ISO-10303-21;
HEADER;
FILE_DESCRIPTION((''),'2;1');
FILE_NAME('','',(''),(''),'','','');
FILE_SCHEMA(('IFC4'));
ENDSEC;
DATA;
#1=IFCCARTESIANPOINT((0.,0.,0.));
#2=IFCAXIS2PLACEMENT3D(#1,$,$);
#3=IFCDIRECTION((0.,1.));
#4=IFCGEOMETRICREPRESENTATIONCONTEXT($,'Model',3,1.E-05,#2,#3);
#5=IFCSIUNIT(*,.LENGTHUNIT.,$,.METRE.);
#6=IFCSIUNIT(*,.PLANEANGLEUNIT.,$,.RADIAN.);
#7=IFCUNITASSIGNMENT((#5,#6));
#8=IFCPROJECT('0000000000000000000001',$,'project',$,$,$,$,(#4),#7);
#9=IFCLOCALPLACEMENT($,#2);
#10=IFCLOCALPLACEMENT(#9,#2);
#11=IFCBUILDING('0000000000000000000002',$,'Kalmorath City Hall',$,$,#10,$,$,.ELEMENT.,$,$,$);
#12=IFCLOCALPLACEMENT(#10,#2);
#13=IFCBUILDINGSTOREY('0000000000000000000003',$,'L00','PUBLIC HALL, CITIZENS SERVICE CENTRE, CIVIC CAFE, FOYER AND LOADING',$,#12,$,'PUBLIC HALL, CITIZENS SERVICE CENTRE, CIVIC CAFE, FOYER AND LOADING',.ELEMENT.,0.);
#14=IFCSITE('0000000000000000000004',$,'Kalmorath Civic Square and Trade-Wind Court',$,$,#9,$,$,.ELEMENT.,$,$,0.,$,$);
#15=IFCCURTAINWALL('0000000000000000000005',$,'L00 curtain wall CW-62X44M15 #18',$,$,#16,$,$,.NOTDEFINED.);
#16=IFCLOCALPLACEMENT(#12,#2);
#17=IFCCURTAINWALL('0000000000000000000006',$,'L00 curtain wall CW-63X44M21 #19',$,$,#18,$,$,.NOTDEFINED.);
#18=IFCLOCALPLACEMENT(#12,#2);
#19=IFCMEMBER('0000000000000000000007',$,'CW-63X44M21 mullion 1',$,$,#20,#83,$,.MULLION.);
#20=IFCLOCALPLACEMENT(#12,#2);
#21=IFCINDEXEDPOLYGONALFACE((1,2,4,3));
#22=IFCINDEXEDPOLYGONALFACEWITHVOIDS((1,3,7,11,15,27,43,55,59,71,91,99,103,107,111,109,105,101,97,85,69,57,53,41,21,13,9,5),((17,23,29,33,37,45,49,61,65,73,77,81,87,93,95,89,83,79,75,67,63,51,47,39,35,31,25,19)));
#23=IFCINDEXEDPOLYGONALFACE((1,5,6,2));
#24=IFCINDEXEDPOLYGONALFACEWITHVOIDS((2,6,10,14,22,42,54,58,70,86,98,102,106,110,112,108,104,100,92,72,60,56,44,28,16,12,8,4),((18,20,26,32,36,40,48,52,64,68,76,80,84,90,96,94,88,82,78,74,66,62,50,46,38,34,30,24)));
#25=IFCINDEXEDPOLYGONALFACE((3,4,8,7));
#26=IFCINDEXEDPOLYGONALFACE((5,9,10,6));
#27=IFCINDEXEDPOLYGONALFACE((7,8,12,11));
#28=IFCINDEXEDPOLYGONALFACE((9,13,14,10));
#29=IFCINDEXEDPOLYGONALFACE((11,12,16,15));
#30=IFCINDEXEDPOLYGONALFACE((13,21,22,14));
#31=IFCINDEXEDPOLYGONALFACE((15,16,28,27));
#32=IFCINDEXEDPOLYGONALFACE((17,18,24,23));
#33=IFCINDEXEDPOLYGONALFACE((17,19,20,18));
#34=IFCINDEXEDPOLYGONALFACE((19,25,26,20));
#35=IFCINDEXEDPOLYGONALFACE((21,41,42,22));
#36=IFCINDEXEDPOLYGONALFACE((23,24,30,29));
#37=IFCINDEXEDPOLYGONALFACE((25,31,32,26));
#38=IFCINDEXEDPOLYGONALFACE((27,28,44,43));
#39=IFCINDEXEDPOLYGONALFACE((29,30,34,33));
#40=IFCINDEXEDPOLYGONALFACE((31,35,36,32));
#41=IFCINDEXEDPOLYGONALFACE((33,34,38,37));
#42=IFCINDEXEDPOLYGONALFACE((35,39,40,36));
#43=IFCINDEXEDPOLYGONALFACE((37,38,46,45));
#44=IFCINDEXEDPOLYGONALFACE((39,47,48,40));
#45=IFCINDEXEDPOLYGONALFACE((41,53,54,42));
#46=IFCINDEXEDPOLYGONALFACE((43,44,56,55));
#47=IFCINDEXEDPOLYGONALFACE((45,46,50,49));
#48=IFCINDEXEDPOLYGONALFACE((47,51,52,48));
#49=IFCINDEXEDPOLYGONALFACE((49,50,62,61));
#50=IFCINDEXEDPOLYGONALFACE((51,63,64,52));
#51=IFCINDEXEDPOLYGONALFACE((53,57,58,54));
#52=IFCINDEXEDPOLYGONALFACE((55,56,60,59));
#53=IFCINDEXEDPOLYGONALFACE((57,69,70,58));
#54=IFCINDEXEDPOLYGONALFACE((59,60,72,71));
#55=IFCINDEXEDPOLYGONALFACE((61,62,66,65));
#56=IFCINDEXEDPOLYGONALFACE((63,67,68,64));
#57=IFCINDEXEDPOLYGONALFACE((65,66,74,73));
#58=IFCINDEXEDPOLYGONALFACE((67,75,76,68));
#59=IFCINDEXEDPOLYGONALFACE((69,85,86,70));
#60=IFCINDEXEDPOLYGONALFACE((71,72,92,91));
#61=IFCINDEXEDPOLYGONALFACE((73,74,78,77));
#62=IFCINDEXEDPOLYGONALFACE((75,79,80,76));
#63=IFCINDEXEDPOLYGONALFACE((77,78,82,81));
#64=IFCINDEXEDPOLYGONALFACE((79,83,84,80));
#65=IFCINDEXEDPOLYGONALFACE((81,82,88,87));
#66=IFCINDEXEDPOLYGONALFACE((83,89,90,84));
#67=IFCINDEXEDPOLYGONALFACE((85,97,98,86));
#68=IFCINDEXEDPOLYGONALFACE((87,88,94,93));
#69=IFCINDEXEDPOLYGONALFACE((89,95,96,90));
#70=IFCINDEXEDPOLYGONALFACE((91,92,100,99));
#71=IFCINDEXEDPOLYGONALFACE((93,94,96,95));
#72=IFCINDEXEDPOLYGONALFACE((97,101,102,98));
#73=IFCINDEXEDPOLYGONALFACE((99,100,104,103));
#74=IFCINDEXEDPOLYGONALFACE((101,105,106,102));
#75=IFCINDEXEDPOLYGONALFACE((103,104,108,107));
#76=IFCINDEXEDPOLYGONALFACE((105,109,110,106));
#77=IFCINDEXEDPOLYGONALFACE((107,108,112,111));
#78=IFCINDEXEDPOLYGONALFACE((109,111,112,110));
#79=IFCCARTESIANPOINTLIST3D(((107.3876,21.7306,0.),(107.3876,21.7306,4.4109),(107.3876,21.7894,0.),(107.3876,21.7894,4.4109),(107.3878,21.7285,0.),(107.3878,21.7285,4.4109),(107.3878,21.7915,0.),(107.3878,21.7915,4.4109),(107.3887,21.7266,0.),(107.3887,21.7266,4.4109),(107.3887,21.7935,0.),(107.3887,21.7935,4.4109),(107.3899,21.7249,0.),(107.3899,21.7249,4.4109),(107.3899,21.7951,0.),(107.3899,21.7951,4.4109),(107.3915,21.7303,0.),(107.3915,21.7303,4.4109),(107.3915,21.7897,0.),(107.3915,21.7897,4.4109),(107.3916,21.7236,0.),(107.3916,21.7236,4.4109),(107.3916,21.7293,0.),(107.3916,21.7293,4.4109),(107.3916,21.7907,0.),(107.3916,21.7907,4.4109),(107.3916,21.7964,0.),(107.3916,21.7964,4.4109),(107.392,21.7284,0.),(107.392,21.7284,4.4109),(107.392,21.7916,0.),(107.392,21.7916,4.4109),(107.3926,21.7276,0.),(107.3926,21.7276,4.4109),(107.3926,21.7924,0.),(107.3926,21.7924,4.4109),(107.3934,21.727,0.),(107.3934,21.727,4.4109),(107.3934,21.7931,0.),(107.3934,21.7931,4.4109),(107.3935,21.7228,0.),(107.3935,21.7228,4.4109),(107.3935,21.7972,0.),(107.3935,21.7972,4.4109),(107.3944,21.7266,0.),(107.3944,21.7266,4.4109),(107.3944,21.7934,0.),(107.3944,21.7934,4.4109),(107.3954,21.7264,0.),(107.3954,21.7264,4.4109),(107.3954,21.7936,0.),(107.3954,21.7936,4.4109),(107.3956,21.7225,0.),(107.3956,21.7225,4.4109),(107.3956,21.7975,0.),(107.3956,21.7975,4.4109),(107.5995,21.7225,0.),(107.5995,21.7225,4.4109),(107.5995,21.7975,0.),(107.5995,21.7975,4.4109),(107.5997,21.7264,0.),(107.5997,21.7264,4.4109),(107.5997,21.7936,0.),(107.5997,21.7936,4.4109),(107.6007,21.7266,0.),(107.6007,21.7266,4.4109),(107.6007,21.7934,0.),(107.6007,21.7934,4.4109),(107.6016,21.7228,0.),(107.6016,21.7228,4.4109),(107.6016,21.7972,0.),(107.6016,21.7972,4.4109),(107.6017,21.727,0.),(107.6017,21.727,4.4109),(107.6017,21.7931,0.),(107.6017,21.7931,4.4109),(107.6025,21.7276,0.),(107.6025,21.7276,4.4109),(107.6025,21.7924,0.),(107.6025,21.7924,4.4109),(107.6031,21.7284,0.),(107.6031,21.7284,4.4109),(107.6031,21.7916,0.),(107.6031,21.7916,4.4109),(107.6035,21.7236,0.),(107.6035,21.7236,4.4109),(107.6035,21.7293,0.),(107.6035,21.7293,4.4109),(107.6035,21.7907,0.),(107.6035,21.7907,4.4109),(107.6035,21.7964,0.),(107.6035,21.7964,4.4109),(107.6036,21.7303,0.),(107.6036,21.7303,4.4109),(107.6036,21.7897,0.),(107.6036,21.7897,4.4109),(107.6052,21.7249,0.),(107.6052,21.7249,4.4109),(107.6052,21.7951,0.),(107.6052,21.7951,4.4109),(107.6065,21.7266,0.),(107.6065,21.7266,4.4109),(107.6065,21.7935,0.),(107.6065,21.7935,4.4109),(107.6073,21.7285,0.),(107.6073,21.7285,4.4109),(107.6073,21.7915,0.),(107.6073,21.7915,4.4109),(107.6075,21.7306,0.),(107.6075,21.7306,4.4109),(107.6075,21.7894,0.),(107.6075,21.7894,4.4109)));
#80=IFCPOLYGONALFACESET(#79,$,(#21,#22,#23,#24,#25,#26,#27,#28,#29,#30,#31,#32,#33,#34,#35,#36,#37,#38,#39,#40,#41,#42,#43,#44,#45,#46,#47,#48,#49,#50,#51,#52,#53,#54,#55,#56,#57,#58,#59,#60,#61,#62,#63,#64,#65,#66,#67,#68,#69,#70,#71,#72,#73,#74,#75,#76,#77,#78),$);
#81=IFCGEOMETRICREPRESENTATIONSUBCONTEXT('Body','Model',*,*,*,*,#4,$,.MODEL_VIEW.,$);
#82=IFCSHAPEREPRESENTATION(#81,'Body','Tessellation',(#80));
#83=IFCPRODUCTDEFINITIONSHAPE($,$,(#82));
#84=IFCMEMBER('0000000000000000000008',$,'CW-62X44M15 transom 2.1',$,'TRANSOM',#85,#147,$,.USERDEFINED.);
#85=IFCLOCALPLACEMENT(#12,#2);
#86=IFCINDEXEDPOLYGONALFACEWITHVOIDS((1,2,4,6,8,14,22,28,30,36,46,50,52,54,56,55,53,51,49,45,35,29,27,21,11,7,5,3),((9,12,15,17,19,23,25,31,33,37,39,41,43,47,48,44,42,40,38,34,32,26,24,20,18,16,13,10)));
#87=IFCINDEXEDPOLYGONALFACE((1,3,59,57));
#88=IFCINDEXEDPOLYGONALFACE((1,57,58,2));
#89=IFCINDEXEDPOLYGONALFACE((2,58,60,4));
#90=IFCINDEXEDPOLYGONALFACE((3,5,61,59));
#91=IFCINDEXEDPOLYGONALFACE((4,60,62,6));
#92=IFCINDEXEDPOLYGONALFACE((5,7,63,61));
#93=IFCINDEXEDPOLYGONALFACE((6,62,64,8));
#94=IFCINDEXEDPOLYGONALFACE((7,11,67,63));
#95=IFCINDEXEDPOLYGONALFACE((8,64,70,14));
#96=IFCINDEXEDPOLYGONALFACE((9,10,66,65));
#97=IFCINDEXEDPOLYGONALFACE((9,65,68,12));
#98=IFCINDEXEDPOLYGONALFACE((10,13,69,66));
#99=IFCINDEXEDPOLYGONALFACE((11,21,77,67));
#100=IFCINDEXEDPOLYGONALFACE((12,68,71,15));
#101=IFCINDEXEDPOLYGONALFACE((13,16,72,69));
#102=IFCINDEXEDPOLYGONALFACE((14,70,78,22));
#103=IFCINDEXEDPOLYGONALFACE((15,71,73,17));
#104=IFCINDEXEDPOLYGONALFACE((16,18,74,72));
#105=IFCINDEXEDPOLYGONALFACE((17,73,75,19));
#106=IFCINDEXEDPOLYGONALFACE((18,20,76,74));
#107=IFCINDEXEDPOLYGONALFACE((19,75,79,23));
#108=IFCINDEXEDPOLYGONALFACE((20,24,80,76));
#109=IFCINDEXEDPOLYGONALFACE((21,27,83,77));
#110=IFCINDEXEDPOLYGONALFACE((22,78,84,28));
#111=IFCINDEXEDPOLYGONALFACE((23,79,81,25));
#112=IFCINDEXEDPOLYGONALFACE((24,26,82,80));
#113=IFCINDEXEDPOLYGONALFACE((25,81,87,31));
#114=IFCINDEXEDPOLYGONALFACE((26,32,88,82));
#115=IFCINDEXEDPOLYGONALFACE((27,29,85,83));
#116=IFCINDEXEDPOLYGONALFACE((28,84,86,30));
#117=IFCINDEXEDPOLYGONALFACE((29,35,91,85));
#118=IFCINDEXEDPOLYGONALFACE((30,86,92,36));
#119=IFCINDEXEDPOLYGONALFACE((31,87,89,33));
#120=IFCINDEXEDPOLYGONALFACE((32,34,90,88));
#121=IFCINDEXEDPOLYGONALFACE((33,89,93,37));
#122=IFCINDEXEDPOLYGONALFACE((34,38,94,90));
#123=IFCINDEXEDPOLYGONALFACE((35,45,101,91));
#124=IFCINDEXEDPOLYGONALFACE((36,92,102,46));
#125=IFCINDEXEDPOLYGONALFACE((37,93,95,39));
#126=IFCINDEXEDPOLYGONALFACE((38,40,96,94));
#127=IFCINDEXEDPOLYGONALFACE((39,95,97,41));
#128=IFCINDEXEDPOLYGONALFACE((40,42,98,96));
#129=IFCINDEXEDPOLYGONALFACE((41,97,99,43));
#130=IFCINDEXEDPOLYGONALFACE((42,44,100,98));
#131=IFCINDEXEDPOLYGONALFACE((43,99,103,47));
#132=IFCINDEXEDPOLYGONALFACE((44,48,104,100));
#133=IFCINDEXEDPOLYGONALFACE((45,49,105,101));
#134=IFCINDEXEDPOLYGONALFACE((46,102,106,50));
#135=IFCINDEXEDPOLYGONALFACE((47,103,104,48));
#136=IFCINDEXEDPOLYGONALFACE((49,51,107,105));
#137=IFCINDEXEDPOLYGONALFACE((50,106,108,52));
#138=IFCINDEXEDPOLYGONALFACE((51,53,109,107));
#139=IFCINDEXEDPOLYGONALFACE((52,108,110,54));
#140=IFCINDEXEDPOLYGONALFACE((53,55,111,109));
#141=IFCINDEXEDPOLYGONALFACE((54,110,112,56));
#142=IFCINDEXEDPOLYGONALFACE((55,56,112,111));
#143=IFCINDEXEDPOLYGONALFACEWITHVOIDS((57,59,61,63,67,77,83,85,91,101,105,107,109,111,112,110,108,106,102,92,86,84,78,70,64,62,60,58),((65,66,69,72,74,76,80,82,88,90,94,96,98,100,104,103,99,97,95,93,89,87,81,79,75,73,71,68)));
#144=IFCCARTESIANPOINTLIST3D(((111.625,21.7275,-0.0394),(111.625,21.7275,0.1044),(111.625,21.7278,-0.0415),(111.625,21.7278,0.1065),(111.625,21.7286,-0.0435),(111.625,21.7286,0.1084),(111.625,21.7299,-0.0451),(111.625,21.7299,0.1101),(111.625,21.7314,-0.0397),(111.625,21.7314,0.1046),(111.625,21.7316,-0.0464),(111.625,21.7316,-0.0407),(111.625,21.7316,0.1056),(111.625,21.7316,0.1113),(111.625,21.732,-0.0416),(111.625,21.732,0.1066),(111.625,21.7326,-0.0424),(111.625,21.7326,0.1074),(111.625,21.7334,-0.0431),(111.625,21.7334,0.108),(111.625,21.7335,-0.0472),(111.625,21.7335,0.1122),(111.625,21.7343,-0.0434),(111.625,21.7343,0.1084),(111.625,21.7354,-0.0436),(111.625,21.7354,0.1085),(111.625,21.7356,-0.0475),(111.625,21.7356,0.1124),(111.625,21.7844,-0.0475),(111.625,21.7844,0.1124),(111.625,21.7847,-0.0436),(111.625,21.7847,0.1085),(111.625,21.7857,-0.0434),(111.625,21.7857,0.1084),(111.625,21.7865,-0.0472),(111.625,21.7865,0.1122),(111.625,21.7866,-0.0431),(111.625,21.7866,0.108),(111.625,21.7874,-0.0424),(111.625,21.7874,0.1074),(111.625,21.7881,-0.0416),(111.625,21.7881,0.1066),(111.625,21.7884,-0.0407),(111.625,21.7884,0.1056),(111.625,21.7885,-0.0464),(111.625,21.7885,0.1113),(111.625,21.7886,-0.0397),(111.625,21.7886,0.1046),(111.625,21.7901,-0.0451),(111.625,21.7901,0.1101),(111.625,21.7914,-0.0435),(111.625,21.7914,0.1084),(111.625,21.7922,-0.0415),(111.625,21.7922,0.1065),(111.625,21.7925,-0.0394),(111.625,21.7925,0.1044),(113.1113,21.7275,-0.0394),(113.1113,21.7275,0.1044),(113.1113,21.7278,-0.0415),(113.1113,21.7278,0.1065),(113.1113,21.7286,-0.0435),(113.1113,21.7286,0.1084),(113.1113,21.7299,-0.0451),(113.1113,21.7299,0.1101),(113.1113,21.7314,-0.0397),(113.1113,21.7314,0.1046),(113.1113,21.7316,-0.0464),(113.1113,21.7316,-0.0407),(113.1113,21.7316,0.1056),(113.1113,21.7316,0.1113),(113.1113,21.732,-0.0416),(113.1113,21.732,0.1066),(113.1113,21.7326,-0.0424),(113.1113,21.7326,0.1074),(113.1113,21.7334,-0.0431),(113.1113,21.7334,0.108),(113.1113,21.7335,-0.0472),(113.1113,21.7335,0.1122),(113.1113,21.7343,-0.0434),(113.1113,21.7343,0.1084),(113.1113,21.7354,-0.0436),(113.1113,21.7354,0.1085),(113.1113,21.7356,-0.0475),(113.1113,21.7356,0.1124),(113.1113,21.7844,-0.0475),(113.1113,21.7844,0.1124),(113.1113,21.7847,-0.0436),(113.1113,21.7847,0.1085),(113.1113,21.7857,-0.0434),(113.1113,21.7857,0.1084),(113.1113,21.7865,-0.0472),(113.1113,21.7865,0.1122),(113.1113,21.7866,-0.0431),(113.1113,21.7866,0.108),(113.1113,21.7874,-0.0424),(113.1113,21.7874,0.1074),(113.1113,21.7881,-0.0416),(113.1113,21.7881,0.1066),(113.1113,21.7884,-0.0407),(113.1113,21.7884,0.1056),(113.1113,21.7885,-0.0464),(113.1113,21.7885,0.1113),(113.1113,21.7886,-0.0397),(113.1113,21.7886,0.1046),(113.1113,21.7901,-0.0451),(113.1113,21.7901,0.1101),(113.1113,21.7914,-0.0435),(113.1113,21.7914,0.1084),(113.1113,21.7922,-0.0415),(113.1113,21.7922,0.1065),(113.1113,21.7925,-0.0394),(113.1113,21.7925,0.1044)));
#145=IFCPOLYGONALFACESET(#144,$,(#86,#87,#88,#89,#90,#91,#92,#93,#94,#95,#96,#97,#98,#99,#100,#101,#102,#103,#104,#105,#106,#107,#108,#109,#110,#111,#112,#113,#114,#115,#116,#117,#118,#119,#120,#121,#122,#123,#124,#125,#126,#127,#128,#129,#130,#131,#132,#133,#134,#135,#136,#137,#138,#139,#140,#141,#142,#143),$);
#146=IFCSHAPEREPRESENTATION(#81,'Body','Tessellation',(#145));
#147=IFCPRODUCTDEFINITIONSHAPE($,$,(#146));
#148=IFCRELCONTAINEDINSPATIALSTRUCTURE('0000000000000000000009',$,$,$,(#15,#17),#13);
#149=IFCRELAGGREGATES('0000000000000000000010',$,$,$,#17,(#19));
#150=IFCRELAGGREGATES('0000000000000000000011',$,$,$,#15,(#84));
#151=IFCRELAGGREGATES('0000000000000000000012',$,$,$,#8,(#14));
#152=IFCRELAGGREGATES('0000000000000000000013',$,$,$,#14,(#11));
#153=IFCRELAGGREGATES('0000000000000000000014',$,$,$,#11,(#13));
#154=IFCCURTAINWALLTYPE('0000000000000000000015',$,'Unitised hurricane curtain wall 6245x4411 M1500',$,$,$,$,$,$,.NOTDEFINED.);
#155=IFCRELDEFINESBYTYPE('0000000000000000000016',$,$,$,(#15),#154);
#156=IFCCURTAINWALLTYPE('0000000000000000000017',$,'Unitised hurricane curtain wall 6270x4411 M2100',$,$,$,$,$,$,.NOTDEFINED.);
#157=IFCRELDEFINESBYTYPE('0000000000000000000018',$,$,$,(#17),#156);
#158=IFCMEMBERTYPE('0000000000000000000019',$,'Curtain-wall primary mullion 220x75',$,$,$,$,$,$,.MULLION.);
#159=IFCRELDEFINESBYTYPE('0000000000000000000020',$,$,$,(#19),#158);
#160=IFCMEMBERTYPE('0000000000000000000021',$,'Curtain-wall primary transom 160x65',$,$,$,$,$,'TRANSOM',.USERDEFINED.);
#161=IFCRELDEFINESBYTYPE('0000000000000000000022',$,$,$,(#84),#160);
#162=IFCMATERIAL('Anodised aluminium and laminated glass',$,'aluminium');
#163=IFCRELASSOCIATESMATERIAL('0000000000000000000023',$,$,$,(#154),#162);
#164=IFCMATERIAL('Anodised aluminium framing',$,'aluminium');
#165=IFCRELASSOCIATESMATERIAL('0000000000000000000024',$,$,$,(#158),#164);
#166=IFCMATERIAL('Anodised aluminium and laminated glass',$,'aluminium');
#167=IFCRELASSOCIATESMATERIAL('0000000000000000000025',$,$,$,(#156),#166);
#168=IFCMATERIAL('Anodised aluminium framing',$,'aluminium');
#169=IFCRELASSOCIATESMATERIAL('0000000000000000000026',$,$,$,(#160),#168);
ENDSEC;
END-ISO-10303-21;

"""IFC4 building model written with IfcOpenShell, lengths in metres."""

from ifc_helpers import new_model, si_unit, direction, frame, origin, origin_2d, place, context, subcontext, project, spatial, hollow_rectangle, extrude, material, material_profile, profile_set, type_object, element, aggregate, save


model = new_model("IFC4")

# Units and contexts
model_context = context("Model", 3, precision=1e-05, world=origin(), true_north=direction((0.0, 1.0)))
body_context = subcontext(model_context, "Body", "Model", "MODEL_VIEW")
ifc_project = project(units=[si_unit("LENGTHUNIT", "METRE"), si_unit("PLANEANGLEUNIT", "RADIAN")], contexts=[model_context])

# Site, building, storey
site_placement = place(None, origin())
site = spatial("IfcSite", under=ifc_project, at=site_placement, Name="Kalmorath Civic Square and Trade-Wind Court", CompositionType="ELEMENT", RefElevation=0.0)
building_placement = place(site_placement, origin())
building = spatial("IfcBuilding", under=site, at=building_placement, Name="Kalmorath City Hall", CompositionType="ELEMENT")
storey_placement = place(building_placement, origin())
storey = spatial("IfcBuildingStorey", under=building, at=storey_placement, Name="L00", Description="PUBLIC HALL, CITIZENS SERVICE CENTRE, CIVIC CAFE, FOYER AND LOADING", LongName="PUBLIC HALL, CITIZENS SERVICE CENTRE, CIVIC CAFE, FOYER AND LOADING", CompositionType="ELEMENT", Elevation=0.0)

# Curtain wall
ifc_material_1 = material(Name="Anodised aluminium and laminated glass", Category="aluminium")
curtain_wall_type_1 = type_object("IfcCurtainWallType", Name="Unitised hurricane curtain wall 6245x4411 M1500", PredefinedType="NOTDEFINED", material=ifc_material_1)
curtain_wall_1_placement = place(storey_placement, origin())
curtain_wall_1 = element("IfcCurtainWall", 1, at=curtain_wall_1_placement, inside=storey, type_object=curtain_wall_type_1, Name="L00 curtain wall CW-62X44M15 #18", PredefinedType="NOTDEFINED")
ifc_material_2 = material(Name="Anodised aluminium framing", Category="aluminium")
ifc_material_profile_1 = material_profile(ifc_material_2, hollow_rectangle(XDim=0.075, YDim=0.22, WallThickness=0.0039, InnerFilletRadius=0.0039, OuterFilletRadius=0.0081, at=origin_2d()), Name="ALU-MUL-220X75X4")
ifc_profile_set_1 = profile_set([ifc_material_profile_1], Name="Anodised aluminium framing")
member_type_1 = type_object("IfcMemberType", Name="Curtain-wall primary mullion 220x75", PredefinedType="MULLION", material=ifc_profile_set_1)

# Curtain wall, member
ifc_material_3 = material(Name="Anodised aluminium and laminated glass", Category="aluminium")
curtain_wall_type_2 = type_object("IfcCurtainWallType", Name="Unitised hurricane curtain wall 6270x4411 M2100", PredefinedType="NOTDEFINED", material=ifc_material_3)
curtain_wall_2_placement = place(storey_placement, origin())
curtain_wall_2 = element("IfcCurtainWall", 2, at=curtain_wall_2_placement, inside=storey, type_object=curtain_wall_type_2, Name="L00 curtain wall CW-63X44M21 #19", PredefinedType="NOTDEFINED")
member_1_placement = place(storey_placement, frame((107.4976, 21.76, 0.0), z_axis=(0.0, 0.0, 1.0), x_axis=(0.0, -1.0, 0.0)))
member_1 = element("IfcMember", 3, at=member_1_placement, type_object=member_type_1, Name="CW-63X44M21 mullion 1", PredefinedType="MULLION", context=body_context, shape_type="SweptSolid", body=[
    extrude(hollow_rectangle(XDim=0.075, YDim=0.22, WallThickness=0.0039, InnerFilletRadius=0.0039, OuterFilletRadius=0.0081, at=origin_2d()), origin(), (0.0, 0.0, 1.0), 4.4109),
])

# Member
ifc_material_4 = material(Name="Anodised aluminium framing", Category="aluminium")
ifc_material_profile_2 = material_profile(ifc_material_4, hollow_rectangle(XDim=0.0649, YDim=0.1599, WallThickness=0.0039, InnerFilletRadius=0.0039, OuterFilletRadius=0.0081, at=origin_2d()), Name="ALU-TRN-160X65X4")
ifc_profile_set_2 = profile_set([ifc_material_profile_2], Name="Anodised aluminium framing")
member_type_2 = type_object("IfcMemberType", Name="Curtain-wall primary transom 160x65", ElementType="TRANSOM", PredefinedType="USERDEFINED", material=ifc_profile_set_2)
member_2_placement = place(storey_placement, frame((113.1113, 21.76, 0.0325), z_axis=(-1.0, 0.0, 0.0), x_axis=(0.0, -1.0, 0.0)))
member_2 = element("IfcMember", 4, at=member_2_placement, type_object=member_type_2, Name="CW-62X44M15 transom 2.1", ObjectType="TRANSOM", PredefinedType="USERDEFINED", context=body_context, shape_type="SweptSolid", body=[
    extrude(hollow_rectangle(XDim=0.0649, YDim=0.1599, WallThickness=0.0039, InnerFilletRadius=0.0039, OuterFilletRadius=0.0081, at=origin_2d()), origin(), (0.0, 0.0, 1.0), 1.4863),
])
aggregate(curtain_wall_2, [member_1])

aggregate(curtain_wall_1, [member_2])

save(model, "model.ifc")
